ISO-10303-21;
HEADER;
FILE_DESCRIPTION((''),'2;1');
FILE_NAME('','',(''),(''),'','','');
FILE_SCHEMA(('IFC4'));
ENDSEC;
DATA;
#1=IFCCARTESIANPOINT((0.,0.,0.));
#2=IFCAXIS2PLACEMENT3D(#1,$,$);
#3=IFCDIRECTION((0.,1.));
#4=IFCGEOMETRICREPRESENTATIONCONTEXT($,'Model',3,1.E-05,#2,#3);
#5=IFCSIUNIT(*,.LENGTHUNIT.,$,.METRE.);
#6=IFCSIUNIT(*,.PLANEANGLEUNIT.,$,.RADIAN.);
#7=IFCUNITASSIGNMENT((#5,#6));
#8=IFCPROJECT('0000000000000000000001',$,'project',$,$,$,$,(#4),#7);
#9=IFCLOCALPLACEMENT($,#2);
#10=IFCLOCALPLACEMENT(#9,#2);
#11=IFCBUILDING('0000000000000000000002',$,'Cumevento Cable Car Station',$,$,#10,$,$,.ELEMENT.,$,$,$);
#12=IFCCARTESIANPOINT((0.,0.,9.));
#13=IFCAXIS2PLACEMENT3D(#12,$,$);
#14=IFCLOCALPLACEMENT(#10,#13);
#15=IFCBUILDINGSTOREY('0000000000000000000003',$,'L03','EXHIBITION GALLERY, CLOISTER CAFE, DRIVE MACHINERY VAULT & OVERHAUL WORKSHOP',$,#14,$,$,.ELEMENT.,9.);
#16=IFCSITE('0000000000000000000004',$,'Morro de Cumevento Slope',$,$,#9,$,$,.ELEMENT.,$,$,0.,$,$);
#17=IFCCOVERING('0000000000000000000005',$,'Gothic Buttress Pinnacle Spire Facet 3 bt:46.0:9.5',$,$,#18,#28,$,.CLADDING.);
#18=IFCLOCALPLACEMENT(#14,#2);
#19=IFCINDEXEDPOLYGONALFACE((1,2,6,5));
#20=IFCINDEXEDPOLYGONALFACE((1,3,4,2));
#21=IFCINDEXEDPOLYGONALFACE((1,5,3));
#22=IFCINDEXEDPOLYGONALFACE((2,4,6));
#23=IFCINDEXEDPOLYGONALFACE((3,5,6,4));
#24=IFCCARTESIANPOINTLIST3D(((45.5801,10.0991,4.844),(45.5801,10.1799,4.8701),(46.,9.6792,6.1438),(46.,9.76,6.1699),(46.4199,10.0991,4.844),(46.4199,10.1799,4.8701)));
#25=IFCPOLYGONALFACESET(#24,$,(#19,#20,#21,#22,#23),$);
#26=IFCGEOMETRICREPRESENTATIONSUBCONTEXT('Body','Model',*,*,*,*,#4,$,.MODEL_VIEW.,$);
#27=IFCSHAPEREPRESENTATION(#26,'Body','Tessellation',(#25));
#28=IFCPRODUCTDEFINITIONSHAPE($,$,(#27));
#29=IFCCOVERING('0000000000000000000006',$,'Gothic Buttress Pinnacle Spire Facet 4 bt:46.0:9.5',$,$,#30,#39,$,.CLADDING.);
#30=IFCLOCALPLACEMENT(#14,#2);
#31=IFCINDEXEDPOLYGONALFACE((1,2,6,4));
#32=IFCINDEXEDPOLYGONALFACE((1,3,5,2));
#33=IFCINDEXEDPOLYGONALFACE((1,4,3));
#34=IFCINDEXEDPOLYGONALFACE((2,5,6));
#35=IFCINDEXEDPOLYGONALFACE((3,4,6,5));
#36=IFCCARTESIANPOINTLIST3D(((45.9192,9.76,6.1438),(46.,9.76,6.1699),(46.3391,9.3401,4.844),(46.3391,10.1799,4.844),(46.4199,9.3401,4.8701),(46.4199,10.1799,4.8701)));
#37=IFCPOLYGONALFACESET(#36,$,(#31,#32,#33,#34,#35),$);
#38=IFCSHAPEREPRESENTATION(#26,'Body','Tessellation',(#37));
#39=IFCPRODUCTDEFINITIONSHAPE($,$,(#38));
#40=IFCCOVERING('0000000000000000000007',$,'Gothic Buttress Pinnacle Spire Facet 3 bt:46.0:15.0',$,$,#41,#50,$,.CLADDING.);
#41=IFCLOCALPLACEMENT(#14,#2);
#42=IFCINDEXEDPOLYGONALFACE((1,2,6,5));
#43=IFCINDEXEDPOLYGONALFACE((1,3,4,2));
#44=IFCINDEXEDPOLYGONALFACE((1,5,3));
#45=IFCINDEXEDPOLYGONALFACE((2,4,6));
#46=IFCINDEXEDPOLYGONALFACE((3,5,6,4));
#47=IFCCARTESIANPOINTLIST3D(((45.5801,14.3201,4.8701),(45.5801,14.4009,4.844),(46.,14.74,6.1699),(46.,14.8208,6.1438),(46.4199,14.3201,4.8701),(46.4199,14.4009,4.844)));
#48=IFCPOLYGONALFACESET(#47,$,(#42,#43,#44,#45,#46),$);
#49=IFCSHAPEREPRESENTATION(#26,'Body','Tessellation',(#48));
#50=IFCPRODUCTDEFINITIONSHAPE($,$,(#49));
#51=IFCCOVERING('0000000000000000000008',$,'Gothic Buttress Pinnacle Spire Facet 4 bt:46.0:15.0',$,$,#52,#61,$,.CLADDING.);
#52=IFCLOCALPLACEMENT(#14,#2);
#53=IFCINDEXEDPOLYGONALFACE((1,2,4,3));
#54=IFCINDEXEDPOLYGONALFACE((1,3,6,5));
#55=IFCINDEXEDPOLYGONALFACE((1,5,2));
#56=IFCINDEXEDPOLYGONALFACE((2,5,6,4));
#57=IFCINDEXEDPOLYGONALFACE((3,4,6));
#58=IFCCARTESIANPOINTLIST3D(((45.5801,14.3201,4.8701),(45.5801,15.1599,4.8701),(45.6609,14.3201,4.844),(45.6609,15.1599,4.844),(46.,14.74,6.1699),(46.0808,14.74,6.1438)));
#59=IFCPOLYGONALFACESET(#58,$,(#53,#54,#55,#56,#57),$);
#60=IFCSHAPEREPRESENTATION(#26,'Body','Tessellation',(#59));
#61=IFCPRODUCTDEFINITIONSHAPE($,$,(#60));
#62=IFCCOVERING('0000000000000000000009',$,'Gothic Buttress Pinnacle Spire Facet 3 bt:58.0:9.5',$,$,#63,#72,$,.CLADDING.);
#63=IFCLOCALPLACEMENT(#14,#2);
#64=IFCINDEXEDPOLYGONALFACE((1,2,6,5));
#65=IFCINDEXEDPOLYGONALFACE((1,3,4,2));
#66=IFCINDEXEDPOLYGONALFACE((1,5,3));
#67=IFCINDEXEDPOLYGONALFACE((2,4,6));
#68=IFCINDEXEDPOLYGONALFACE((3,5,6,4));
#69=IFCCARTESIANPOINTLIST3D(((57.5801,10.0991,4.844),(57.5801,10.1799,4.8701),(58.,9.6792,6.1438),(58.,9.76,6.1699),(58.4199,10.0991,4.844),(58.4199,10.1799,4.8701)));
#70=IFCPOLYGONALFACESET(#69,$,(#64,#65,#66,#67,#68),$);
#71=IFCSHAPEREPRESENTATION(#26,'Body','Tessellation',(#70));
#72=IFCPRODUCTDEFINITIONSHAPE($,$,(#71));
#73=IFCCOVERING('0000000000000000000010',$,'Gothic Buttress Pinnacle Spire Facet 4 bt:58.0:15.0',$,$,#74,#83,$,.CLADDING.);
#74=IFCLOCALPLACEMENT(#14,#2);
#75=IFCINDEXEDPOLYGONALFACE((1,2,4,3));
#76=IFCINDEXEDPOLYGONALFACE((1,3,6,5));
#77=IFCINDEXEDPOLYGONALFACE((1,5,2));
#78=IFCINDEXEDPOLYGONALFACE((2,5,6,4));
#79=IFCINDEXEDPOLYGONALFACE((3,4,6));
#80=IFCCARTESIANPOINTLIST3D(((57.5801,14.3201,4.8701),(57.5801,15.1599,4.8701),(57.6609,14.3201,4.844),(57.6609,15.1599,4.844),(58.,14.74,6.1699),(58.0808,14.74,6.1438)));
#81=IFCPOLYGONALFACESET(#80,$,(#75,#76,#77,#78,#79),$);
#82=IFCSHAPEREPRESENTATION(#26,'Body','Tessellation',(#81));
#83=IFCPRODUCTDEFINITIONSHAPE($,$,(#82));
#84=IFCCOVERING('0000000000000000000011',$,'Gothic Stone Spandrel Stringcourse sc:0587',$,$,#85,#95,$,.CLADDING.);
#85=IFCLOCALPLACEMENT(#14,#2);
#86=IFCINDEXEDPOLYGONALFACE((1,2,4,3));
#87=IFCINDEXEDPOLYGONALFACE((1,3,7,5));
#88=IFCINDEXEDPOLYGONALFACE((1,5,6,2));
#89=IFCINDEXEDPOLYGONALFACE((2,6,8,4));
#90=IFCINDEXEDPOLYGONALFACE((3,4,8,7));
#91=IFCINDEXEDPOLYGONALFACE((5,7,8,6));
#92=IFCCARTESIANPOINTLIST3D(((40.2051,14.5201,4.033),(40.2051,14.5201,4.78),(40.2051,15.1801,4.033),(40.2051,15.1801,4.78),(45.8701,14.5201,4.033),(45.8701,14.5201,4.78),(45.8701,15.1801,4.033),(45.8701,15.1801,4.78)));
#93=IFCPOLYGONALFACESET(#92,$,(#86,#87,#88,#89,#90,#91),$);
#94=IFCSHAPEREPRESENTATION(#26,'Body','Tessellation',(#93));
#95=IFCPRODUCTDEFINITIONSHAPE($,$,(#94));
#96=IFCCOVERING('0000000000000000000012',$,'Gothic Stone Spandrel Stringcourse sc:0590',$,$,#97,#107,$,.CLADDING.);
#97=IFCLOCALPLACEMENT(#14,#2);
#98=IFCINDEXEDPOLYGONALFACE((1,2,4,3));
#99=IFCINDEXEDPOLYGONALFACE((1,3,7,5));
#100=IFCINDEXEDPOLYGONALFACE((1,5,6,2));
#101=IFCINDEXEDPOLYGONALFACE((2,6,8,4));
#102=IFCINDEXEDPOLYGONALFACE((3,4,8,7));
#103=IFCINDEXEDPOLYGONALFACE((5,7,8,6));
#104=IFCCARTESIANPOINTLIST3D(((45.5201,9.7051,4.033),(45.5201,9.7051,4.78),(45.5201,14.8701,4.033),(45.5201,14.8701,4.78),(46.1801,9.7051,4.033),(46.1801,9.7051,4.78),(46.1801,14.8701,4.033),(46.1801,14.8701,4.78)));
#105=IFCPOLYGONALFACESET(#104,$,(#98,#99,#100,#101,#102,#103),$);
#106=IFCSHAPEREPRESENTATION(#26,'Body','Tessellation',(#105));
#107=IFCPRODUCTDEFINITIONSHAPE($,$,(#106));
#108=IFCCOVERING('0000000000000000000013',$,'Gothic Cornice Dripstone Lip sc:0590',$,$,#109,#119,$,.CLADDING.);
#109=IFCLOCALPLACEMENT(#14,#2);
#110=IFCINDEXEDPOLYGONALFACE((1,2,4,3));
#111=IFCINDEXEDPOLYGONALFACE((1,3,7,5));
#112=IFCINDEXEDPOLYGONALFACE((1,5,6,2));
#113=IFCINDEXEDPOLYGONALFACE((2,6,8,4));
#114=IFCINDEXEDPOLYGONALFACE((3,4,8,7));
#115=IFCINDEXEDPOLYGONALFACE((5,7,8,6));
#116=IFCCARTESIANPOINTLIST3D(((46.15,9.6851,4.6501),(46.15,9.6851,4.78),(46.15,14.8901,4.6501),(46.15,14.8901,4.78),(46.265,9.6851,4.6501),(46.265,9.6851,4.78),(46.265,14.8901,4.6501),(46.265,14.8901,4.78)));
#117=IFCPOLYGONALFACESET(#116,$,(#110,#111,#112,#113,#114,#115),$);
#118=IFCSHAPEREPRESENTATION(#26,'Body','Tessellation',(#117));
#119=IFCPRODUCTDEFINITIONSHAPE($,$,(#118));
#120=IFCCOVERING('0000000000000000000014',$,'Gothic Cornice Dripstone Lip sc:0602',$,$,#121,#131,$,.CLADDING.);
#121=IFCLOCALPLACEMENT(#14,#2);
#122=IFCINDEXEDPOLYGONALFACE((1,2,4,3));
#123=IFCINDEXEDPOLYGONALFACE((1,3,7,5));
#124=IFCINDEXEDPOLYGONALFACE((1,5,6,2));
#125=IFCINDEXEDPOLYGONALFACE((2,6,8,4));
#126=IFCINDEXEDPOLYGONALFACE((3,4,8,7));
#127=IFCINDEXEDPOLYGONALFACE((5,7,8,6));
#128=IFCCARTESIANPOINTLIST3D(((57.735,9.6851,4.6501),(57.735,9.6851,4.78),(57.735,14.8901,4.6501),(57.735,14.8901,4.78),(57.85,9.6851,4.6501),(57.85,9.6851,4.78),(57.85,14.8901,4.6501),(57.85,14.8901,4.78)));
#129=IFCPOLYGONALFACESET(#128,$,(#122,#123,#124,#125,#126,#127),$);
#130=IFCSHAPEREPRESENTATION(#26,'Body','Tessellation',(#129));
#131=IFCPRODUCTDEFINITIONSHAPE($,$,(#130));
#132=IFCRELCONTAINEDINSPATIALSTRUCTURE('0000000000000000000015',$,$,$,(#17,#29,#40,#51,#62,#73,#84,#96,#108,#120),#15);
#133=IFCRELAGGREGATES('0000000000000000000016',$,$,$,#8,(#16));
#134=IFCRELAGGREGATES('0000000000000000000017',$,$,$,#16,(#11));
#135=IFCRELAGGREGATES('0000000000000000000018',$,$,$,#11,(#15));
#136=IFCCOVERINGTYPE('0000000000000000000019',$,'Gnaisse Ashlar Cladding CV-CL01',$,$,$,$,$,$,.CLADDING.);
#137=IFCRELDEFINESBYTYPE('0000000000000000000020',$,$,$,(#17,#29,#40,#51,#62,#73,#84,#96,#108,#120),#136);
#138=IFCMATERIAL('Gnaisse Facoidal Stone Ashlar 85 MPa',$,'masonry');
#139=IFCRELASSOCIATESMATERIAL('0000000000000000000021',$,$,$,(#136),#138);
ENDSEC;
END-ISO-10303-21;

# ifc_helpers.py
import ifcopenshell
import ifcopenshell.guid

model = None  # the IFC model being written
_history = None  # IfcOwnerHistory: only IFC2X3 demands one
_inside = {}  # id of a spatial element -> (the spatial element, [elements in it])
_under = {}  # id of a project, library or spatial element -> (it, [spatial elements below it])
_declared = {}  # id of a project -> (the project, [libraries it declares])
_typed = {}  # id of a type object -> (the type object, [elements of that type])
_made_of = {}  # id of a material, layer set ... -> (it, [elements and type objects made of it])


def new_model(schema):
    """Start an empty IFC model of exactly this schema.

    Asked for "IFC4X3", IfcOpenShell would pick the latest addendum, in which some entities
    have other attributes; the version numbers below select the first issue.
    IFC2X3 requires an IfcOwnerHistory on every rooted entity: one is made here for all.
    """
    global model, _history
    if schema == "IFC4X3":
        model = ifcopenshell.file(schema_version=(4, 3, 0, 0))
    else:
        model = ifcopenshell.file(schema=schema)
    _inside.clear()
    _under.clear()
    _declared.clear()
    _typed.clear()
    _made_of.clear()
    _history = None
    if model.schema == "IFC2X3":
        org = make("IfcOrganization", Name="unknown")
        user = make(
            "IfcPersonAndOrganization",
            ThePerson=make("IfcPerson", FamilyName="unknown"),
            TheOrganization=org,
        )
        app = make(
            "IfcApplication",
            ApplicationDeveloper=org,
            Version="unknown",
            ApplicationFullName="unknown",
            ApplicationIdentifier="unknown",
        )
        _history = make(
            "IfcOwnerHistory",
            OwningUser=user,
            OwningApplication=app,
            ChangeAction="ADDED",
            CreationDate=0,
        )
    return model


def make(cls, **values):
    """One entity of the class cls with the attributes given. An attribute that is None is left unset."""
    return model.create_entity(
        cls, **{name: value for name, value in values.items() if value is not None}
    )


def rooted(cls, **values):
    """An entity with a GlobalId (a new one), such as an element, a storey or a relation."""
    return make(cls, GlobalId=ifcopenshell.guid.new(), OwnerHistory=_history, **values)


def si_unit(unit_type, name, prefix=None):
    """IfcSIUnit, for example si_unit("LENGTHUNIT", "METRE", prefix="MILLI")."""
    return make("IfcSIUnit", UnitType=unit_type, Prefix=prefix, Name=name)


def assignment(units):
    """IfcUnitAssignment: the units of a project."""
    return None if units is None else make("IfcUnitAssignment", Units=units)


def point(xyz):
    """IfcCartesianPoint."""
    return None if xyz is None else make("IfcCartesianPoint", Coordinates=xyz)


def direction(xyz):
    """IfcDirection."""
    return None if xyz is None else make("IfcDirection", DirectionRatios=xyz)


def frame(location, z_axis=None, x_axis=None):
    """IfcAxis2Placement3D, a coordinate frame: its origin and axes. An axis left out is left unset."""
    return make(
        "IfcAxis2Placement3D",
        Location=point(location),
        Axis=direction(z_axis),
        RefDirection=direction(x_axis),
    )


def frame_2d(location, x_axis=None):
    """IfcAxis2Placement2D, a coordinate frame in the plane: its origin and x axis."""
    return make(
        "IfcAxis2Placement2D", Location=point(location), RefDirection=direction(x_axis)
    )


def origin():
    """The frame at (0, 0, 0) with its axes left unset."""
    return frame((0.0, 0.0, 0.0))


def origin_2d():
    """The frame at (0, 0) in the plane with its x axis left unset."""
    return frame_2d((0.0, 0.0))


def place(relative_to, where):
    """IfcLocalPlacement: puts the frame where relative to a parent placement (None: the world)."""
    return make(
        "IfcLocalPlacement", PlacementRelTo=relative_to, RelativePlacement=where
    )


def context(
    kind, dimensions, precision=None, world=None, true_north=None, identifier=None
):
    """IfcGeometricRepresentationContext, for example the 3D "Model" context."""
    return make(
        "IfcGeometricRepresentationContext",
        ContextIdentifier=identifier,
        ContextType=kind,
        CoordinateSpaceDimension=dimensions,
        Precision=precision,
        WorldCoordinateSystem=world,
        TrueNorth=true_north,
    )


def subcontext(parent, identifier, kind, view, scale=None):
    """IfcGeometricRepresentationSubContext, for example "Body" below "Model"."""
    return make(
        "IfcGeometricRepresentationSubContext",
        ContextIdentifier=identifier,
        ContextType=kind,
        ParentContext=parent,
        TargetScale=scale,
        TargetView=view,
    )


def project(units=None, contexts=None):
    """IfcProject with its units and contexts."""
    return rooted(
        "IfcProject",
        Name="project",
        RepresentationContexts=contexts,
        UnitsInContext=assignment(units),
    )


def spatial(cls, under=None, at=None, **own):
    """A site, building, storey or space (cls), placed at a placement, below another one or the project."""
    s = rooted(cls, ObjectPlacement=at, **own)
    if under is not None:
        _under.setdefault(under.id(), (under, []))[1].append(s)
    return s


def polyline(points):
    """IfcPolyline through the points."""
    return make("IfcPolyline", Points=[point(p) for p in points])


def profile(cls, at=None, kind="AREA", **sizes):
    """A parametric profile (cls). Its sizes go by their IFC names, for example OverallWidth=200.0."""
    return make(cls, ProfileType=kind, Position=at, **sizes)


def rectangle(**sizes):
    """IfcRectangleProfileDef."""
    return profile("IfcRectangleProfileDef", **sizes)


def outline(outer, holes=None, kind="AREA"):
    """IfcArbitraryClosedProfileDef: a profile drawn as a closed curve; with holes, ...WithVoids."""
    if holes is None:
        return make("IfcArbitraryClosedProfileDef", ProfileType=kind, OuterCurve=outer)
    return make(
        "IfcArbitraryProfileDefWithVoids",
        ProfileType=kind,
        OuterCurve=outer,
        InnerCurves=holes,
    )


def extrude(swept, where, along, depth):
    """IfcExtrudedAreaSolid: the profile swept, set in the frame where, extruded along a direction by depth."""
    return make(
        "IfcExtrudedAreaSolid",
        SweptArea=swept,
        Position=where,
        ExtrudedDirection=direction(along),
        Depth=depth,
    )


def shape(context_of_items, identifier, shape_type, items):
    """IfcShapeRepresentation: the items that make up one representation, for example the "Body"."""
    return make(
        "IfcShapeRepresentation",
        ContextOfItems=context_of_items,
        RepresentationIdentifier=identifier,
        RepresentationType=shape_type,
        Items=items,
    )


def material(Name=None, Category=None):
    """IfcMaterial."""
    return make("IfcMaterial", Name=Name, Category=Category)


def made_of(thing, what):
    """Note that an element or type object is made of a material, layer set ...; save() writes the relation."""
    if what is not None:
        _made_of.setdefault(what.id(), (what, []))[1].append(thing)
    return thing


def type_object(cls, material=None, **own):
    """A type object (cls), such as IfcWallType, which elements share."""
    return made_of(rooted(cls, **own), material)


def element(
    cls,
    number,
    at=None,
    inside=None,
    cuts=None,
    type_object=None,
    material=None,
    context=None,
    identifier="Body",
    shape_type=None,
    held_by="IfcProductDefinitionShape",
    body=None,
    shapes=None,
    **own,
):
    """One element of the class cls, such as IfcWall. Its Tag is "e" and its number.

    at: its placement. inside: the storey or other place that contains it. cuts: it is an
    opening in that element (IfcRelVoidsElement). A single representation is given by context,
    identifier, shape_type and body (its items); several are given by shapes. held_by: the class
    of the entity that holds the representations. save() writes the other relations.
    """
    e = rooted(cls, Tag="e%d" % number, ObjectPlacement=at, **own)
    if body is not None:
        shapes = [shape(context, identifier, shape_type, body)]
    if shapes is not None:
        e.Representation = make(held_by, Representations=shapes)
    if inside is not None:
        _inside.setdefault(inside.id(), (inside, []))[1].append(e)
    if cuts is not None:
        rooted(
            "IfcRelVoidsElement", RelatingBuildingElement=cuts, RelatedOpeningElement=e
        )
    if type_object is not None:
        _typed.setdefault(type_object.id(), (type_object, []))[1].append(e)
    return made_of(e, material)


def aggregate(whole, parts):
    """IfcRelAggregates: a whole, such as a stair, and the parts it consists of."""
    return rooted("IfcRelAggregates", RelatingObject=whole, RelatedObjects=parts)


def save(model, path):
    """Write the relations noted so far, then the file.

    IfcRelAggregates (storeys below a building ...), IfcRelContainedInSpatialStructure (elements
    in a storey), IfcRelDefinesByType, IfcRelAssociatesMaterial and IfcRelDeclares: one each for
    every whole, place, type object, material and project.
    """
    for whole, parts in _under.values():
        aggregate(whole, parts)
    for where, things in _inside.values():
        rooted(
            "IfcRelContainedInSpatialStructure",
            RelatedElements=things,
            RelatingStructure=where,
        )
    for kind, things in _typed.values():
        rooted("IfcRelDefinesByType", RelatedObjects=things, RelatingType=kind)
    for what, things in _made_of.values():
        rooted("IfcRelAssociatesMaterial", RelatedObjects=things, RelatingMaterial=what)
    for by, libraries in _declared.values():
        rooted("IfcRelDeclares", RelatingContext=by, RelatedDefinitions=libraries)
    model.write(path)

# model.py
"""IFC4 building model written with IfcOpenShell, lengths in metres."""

from ifc_helpers import new_model, si_unit, direction, frame, origin, origin_2d, place, context, subcontext, project, spatial, polyline, rectangle, outline, extrude, material, type_object, element, save


model = new_model("IFC4")

# Units and contexts
model_context = context("Model", 3, precision=1e-05, world=origin(), true_north=direction((0.0, 1.0)))
body_context = subcontext(model_context, "Body", "Model", "MODEL_VIEW")
ifc_project = project(units=[si_unit("LENGTHUNIT", "METRE"), si_unit("PLANEANGLEUNIT", "RADIAN")], contexts=[model_context])

# Site, building, storey
site_placement = place(None, origin())
site = spatial("IfcSite", under=ifc_project, at=site_placement, Name="Morro de Cumevento Slope", CompositionType="ELEMENT", RefElevation=0.0)
building_placement = place(site_placement, origin())
building = spatial("IfcBuilding", under=site, at=building_placement, Name="Cumevento Cable Car Station", CompositionType="ELEMENT")
storey_placement = place(building_placement, frame((0.0, 0.0, 9.0)))
storey = spatial("IfcBuildingStorey", under=building, at=storey_placement, Name="L03", Description="EXHIBITION GALLERY, CLOISTER CAFE, DRIVE MACHINERY VAULT & OVERHAUL WORKSHOP", CompositionType="ELEMENT", Elevation=9.0)

# Coverings
ifc_material_1 = material(Name="Gnaisse Facoidal Stone Ashlar 85 MPa", Category="masonry")
covering_type = type_object("IfcCoveringType", Name="Gnaisse Ashlar Cladding CV-CL01", PredefinedType="CLADDING", material=ifc_material_1)
for number, where, z_axis, x_axis, name in (
    (1, (45.5801, 10.1799, 4.8701), (0.0, 0.951574, 0.307421), (1.0, 0.0, 0.0), "Gothic Buttress Pinnacle Spire Facet 3 bt:46.0:9.5"),
    (2, (46.4199, 10.1799, 4.8701), (0.951574, 0.0, 0.307421), (0.0, -1.0, 0.0), "Gothic Buttress Pinnacle Spire Facet 4 bt:46.0:9.5"),
    (3, (46.4199, 14.3201, 4.8701), (0.0, -0.951574, 0.307421), (-1.0, 0.0, 0.0), "Gothic Buttress Pinnacle Spire Facet 3 bt:46.0:15.0"),
    (4, (45.5801, 14.3201, 4.8701), (-0.951574, 0.0, 0.307421), (0.0, 1.0, 0.0), "Gothic Buttress Pinnacle Spire Facet 4 bt:46.0:15.0"),
    (5, (57.5801, 10.1799, 4.8701), (0.0, 0.951574, 0.307421), (1.0, 0.0, 0.0), "Gothic Buttress Pinnacle Spire Facet 3 bt:58.0:9.5"),
    (6, (57.5801, 14.3201, 4.8701), (-0.951574, 0.0, 0.307421), (0.0, 1.0, 0.0), "Gothic Buttress Pinnacle Spire Facet 4 bt:58.0:15.0"),
):
    element("IfcCovering", number, at=place(storey_placement, frame(where, z_axis=z_axis, x_axis=x_axis)), inside=storey, type_object=covering_type, Name=name, PredefinedType="CLADDING", context=body_context, shape_type="SweptSolid", body=[
        extrude(outline(polyline([(0.0, 0.0), (0.8398, 0.0), (0.4199, -1.366), (0.0, 0.0)])), origin(), (0.0, 0.0, -1.0), 0.085),
    ])
covering_1_placement = place(storey_placement, frame((43.0376, 14.8501, 4.033), z_axis=(0.0, 0.0, 1.0), x_axis=(1.0, 0.0, 0.0)))
element("IfcCovering", 7, at=covering_1_placement, inside=storey, type_object=covering_type, Name="Gothic Stone Spandrel Stringcourse sc:0587", PredefinedType="CLADDING", context=body_context, shape_type="SweptSolid", body=[
    extrude(rectangle(XDim=5.665, YDim=0.6599, at=origin_2d()), origin(), (0.0, 0.0, 1.0), 0.7471),
])
covering_2_placement = place(storey_placement, frame((45.8501, 12.2876, 4.033), z_axis=(0.0, 0.0, 1.0), x_axis=(0.0, -1.0, 0.0)))
element("IfcCovering", 8, at=covering_2_placement, inside=storey, type_object=covering_type, Name="Gothic Stone Spandrel Stringcourse sc:0590", PredefinedType="CLADDING", context=body_context, shape_type="SweptSolid", body=[
    extrude(rectangle(XDim=5.165, YDim=0.6599, at=origin_2d()), origin(), (0.0, 0.0, 1.0), 0.7471),
])
for number, where, z_axis, x_axis, name in (
    (9, (46.2075, 12.2876, 4.6501), (0.0, 0.0, 1.0), (0.0, -1.0, 0.0), "Gothic Cornice Dripstone Lip sc:0590"),
    (10, (57.7925, 12.2876, 4.6501), (0.0, 0.0, 1.0), (0.0, 1.0, 0.0), "Gothic Cornice Dripstone Lip sc:0602"),
):
    element("IfcCovering", number, at=place(storey_placement, frame(where, z_axis=z_axis, x_axis=x_axis)), inside=storey, type_object=covering_type, Name=name, PredefinedType="CLADDING", context=body_context, shape_type="SweptSolid", body=[
        extrude(rectangle(XDim=5.2051, YDim=0.115, at=origin_2d()), origin(), (0.0, 0.0, 1.0), 0.1299),
    ])

save(model, "model.ifc")
